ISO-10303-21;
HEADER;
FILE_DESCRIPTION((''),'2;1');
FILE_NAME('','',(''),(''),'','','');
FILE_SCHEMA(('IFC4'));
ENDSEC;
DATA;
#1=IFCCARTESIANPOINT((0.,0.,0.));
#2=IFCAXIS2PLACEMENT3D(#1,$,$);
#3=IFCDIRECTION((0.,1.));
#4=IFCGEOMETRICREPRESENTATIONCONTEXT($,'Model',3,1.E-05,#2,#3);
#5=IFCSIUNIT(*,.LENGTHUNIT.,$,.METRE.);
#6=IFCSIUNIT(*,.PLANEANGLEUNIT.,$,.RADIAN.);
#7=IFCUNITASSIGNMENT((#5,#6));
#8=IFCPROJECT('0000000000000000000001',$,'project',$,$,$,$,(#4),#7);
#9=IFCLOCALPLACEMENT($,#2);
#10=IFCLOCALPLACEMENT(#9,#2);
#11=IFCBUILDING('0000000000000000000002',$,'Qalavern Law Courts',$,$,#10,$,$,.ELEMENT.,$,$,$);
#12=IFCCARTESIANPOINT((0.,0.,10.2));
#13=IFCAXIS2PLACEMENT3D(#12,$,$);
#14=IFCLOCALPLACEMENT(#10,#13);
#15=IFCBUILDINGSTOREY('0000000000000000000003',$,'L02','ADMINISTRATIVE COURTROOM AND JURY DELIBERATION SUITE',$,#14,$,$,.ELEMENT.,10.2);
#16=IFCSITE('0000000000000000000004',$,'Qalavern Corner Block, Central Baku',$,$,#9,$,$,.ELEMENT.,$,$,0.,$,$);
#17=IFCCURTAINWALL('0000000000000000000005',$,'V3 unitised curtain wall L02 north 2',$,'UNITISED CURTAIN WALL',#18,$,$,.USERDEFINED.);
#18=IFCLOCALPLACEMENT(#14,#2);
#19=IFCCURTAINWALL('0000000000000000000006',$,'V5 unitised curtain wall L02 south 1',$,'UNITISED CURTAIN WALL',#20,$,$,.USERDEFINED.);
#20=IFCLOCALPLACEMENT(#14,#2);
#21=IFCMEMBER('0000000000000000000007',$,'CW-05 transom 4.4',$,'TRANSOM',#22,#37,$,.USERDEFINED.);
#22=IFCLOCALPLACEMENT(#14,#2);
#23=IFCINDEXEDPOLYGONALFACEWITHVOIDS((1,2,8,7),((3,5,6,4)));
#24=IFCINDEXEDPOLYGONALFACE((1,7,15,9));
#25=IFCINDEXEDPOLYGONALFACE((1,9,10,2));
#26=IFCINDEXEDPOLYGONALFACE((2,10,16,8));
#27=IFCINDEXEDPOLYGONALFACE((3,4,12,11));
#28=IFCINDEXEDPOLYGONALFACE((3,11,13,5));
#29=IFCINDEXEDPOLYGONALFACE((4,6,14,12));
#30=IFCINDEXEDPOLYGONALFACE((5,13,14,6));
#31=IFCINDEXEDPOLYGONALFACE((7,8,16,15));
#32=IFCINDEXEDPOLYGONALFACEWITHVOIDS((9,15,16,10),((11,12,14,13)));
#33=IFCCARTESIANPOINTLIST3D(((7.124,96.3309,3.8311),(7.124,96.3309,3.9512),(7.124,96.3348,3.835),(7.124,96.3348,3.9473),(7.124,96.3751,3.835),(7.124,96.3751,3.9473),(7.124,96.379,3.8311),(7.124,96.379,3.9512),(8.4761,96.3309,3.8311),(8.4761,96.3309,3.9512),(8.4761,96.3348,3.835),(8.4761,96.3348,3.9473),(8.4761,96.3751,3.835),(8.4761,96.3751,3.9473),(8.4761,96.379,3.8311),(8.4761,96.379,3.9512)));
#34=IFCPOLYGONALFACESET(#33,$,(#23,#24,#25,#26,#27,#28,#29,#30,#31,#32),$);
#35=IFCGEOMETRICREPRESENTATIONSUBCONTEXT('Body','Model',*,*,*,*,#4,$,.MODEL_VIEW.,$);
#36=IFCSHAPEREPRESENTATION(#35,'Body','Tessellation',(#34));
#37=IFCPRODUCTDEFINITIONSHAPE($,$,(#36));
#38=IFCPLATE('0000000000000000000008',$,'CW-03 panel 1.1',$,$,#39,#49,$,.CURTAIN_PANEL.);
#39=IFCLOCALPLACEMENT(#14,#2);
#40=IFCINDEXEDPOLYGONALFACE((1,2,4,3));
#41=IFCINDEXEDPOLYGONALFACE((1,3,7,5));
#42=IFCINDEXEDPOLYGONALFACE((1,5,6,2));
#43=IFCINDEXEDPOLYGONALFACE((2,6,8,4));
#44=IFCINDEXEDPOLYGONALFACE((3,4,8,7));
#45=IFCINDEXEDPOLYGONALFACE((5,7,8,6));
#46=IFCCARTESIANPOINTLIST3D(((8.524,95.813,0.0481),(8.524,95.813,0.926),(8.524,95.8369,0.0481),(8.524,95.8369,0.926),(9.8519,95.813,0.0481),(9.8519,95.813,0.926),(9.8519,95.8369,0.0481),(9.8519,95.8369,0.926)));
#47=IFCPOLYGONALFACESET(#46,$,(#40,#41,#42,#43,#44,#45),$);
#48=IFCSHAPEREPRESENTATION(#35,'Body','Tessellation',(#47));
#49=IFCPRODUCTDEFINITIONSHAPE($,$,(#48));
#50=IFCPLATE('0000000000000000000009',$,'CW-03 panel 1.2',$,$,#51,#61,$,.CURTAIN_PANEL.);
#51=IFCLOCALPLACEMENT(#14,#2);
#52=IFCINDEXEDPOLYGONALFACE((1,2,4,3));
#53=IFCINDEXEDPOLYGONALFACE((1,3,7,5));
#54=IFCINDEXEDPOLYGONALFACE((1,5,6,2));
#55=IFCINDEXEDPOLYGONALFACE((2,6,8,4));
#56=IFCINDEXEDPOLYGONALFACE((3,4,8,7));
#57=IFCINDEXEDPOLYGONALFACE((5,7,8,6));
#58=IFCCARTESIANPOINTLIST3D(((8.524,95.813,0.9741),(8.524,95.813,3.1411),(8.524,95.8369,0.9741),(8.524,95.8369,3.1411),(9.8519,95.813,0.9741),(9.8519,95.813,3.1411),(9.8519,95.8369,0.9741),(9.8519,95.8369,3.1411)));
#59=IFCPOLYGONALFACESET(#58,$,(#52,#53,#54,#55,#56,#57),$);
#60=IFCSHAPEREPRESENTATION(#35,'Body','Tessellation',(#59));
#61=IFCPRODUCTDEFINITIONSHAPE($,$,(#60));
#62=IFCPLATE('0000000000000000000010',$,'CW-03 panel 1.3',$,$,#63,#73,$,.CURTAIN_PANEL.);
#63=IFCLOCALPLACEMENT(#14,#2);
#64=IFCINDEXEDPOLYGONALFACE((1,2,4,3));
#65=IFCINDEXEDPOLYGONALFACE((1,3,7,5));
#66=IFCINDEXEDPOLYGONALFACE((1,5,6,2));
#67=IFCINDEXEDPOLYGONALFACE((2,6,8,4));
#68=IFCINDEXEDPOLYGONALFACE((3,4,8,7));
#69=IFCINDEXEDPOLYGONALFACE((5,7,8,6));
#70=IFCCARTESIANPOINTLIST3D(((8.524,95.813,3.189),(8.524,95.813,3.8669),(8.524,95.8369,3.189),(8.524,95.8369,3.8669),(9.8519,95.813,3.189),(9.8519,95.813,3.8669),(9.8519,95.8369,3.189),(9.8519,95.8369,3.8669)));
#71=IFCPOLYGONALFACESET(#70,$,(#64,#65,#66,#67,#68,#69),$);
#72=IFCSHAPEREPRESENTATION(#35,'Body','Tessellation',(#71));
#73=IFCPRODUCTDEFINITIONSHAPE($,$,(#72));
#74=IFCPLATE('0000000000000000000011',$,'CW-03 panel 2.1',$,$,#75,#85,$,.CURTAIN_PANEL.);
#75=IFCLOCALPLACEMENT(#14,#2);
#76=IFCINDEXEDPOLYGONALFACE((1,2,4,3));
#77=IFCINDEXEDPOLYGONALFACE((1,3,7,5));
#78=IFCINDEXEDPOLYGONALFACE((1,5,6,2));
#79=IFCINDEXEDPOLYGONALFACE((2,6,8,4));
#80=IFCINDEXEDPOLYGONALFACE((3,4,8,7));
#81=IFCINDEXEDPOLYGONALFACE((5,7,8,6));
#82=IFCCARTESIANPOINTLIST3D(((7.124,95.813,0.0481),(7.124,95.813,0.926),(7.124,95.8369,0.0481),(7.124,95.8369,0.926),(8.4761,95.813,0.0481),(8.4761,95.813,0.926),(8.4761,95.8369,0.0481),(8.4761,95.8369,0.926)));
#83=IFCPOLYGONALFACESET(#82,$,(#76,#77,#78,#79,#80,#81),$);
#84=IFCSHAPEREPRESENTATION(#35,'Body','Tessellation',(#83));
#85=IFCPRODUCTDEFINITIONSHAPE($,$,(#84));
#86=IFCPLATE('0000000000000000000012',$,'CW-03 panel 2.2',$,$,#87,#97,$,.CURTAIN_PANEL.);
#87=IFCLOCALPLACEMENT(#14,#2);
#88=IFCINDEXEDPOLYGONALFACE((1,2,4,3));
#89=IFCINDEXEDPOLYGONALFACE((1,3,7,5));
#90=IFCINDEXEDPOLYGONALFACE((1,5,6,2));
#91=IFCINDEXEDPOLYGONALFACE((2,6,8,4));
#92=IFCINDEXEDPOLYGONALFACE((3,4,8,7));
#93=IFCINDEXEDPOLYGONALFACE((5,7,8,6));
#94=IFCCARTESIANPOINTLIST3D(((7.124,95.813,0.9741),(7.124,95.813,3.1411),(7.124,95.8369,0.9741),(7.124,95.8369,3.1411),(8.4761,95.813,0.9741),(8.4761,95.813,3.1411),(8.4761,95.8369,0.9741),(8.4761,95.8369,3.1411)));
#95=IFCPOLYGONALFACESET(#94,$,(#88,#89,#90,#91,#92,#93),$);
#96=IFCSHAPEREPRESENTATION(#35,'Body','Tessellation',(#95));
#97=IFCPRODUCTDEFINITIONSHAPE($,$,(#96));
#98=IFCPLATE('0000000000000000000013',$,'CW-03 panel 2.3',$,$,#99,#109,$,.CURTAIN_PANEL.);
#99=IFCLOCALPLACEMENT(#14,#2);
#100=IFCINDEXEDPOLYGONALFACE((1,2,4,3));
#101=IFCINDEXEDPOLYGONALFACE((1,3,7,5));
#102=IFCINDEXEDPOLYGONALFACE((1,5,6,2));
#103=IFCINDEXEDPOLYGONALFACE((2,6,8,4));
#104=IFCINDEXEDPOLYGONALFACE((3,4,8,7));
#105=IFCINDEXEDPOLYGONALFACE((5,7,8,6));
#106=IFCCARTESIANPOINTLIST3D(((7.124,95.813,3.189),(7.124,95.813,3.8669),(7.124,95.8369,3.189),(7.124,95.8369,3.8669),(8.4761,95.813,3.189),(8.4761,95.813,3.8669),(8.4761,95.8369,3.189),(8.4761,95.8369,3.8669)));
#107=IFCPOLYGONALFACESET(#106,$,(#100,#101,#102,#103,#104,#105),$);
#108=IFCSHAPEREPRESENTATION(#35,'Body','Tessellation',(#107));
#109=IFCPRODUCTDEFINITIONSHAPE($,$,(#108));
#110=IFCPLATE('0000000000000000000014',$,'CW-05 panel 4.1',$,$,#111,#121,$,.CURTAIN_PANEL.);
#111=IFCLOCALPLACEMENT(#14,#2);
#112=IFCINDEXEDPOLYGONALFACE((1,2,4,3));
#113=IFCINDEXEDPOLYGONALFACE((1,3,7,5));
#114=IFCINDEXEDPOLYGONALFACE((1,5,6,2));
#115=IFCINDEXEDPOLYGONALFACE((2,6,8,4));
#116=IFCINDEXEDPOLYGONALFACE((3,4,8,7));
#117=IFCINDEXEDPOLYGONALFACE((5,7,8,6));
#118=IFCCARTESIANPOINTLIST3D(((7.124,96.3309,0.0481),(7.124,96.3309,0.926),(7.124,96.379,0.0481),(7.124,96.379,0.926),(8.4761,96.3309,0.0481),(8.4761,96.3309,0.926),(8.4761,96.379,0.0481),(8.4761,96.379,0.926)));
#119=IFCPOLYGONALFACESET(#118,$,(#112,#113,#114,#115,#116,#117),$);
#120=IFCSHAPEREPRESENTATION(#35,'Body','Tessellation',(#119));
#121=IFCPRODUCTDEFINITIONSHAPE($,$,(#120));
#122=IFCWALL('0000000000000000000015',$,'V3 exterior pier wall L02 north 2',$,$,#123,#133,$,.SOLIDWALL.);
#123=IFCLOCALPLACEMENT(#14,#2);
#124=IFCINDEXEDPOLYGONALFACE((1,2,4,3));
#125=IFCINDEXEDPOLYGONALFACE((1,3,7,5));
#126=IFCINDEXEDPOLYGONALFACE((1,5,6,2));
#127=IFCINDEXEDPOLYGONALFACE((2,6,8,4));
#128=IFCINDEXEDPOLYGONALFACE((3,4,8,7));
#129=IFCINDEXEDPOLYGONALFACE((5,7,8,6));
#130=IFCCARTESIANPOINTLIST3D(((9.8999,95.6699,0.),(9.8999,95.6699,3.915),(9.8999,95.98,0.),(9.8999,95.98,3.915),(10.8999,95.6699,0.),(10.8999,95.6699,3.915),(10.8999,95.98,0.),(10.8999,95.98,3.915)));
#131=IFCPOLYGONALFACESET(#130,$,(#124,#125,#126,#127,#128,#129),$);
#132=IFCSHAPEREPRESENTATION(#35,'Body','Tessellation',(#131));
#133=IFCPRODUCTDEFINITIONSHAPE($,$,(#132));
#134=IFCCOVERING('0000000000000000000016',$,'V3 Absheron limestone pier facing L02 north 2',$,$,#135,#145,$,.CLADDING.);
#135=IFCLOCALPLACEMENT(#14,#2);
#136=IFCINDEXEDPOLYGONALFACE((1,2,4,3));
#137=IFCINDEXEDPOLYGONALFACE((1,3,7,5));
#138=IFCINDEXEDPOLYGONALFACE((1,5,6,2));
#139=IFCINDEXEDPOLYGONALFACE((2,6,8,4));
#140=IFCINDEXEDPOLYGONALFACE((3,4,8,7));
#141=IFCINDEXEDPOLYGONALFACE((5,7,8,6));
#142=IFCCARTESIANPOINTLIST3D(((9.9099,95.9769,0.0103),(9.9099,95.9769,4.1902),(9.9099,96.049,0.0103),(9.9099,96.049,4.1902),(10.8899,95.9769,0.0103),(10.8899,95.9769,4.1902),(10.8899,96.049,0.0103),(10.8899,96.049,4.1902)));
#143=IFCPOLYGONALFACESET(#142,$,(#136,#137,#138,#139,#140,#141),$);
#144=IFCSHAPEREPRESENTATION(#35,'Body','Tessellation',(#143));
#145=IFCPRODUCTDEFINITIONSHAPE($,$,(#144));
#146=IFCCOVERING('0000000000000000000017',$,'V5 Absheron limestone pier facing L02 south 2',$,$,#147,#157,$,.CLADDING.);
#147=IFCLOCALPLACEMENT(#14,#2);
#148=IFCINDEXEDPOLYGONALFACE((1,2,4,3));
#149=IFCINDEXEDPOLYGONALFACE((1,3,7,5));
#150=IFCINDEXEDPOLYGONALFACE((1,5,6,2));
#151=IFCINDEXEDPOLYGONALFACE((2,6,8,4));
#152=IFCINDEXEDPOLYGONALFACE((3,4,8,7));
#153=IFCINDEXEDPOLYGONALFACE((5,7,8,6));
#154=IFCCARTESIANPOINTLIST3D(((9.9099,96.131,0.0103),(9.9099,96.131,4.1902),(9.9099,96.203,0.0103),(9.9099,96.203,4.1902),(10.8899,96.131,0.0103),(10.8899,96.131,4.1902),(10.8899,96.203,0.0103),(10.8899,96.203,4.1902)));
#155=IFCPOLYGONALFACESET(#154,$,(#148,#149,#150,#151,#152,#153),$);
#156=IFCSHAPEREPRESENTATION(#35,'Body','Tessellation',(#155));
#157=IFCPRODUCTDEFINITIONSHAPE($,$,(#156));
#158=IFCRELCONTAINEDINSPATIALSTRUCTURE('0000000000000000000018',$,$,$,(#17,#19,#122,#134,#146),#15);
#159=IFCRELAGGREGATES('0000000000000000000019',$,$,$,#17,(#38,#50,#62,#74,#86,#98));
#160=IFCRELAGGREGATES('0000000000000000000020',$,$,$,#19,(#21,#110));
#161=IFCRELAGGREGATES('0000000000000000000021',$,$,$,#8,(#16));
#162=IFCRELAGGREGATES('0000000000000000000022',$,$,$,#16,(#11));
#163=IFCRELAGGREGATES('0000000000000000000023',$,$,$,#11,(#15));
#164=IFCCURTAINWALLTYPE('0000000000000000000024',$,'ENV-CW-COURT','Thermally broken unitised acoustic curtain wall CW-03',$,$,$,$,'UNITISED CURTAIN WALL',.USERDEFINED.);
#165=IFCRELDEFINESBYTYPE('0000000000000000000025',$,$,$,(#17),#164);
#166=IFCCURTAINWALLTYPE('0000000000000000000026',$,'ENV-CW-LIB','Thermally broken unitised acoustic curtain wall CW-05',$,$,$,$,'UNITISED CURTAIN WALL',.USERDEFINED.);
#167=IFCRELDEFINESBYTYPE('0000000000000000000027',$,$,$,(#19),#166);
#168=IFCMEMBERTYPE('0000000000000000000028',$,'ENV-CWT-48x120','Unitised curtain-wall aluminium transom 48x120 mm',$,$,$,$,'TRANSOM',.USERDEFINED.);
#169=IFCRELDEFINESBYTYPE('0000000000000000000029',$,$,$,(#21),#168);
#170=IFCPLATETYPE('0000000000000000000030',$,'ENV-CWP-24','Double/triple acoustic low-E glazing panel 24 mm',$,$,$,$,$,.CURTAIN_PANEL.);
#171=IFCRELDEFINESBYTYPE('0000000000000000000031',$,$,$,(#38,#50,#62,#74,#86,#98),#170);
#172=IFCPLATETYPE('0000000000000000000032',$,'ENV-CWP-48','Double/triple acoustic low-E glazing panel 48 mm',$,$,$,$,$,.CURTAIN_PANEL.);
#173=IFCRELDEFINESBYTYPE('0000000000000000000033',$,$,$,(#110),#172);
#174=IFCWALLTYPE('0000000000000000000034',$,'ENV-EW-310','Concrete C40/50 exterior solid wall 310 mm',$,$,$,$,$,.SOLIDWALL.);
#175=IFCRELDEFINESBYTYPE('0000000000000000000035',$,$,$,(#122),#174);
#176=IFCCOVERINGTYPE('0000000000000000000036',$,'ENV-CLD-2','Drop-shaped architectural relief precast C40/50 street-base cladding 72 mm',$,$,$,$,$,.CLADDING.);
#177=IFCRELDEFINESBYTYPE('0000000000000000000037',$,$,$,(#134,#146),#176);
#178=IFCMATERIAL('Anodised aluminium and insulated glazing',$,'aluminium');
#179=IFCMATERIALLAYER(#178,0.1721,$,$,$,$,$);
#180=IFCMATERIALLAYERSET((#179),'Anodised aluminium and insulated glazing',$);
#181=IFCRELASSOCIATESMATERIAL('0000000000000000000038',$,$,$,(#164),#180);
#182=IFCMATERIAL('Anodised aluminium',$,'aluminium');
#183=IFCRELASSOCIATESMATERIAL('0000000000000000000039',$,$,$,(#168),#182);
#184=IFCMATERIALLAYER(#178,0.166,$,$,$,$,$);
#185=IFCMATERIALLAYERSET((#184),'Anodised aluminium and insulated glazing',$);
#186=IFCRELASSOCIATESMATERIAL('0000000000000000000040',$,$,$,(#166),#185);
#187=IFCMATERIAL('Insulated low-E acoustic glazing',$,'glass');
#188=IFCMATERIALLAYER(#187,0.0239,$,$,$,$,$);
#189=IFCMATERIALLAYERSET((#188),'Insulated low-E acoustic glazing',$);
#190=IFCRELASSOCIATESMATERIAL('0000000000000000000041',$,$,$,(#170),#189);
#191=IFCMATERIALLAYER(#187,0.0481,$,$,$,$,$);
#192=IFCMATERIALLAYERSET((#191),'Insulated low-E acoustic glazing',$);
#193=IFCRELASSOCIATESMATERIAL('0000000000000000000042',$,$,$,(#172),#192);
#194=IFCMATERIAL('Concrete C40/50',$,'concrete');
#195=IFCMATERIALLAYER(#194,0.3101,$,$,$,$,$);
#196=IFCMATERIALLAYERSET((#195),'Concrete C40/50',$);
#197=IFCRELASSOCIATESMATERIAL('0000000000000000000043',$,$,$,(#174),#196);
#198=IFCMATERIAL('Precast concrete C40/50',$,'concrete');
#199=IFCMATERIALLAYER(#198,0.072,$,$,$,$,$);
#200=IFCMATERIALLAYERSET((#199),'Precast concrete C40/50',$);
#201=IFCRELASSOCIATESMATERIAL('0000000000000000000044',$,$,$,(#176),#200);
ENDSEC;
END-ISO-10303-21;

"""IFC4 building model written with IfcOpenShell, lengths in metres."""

from ifc_helpers import new_model, si_unit, direction, frame, frame_2d, origin, origin_2d, place, context, subcontext, project, spatial, rectangle, hollow_rectangle, extrude, material, layer, layer_set, material_profile, profile_set, type_object, element, aggregate, save


model = new_model("IFC4")

# Units and contexts
model_context = context("Model", 3, precision=1e-05, world=origin(), true_north=direction((0.0, 1.0)))
body_context = subcontext(model_context, "Body", "Model", "MODEL_VIEW")
ifc_project = project(units=[si_unit("LENGTHUNIT", "METRE"), si_unit("PLANEANGLEUNIT", "RADIAN")], contexts=[model_context])

# Site, building, storey
site_placement = place(None, origin())
site = spatial("IfcSite", under=ifc_project, at=site_placement, Name="Qalavern Corner Block, Central Baku", CompositionType="ELEMENT", RefElevation=0.0)
building_placement = place(site_placement, origin())
building = spatial("IfcBuilding", under=site, at=building_placement, Name="Qalavern Law Courts", CompositionType="ELEMENT")
storey_placement = place(building_placement, frame((0.0, 0.0, 10.2)))
storey = spatial("IfcBuildingStorey", under=building, at=storey_placement, Name="L02", Description="ADMINISTRATIVE COURTROOM AND JURY DELIBERATION SUITE", CompositionType="ELEMENT", Elevation=10.2)

# Shared definitions
ifc_material_1 = material(Name="Anodised aluminium and insulated glazing", Category="aluminium")
ifc_layer_1 = layer(ifc_material_1, 0.1721)
ifc_layer_set_1 = layer_set([ifc_layer_1], Name="Anodised aluminium and insulated glazing")
curtain_wall_type_1 = type_object("IfcCurtainWallType", Name="ENV-CW-COURT", Description="Thermally broken unitised acoustic curtain wall CW-03", ElementType="UNITISED CURTAIN WALL", PredefinedType="USERDEFINED", material=ifc_layer_set_1)
ifc_material_2 = material(Name="Anodised aluminium", Category="aluminium")

# Curtain wall
curtain_wall_1_placement = place(storey_placement, origin())
curtain_wall_1 = element("IfcCurtainWall", 1, at=curtain_wall_1_placement, inside=storey, type_object=curtain_wall_type_1, Name="V3 unitised curtain wall L02 north 2", ObjectType="UNITISED CURTAIN WALL", PredefinedType="USERDEFINED")
ifc_material_profile_1 = material_profile(ifc_material_2, hollow_rectangle(XDim=0.0481, YDim=0.1201, WallThickness=0.0039, at=origin_2d()), Name="ALU TRANSOM 48x120")
ifc_profile_set_1 = profile_set([ifc_material_profile_1], Name="Anodised aluminium")
member_type_1 = type_object("IfcMemberType", Name="ENV-CWT-48x120", Description="Unitised curtain-wall aluminium transom 48x120 mm", ElementType="TRANSOM", PredefinedType="USERDEFINED", material=ifc_profile_set_1)

# Curtain wall, member
ifc_layer_2 = layer(ifc_material_1, 0.166)
ifc_layer_set_2 = layer_set([ifc_layer_2], Name="Anodised aluminium and insulated glazing")
curtain_wall_type_2 = type_object("IfcCurtainWallType", Name="ENV-CW-LIB", Description="Thermally broken unitised acoustic curtain wall CW-05", ElementType="UNITISED CURTAIN WALL", PredefinedType="USERDEFINED", material=ifc_layer_set_2)
curtain_wall_2_placement = place(storey_placement, origin())
curtain_wall_2 = element("IfcCurtainWall", 2, at=curtain_wall_2_placement, inside=storey, type_object=curtain_wall_type_2, Name="V5 unitised curtain wall L02 south 1", ObjectType="UNITISED CURTAIN WALL", PredefinedType="USERDEFINED")
member_1_placement = place(storey_placement, frame((7.124, 96.355, 3.8911), z_axis=(1.0, 0.0, 0.0), x_axis=(0.0, 1.0, 0.0)))
member_1 = element("IfcMember", 3, at=member_1_placement, type_object=member_type_1, Name="CW-05 transom 4.4", ObjectType="TRANSOM", PredefinedType="USERDEFINED", context=body_context, shape_type="SweptSolid", body=[
    extrude(hollow_rectangle(XDim=0.0481, YDim=0.1201, WallThickness=0.0039, at=origin_2d()), origin(), (0.0, 0.0, 1.0), 1.3521),
])

# Plates
ifc_material_3 = material(Name="Insulated low-E acoustic glazing", Category="glass")
ifc_layer_3 = layer(ifc_material_3, 0.0239)
ifc_layer_set_3 = layer_set([ifc_layer_3], Name="Insulated low-E acoustic glazing")
plate_type_1 = type_object("IfcPlateType", Name="ENV-CWP-24", Description="Double/triple acoustic low-E glazing panel 24 mm", PredefinedType="CURTAIN_PANEL", material=ifc_layer_set_3)
plate_1_placement = place(storey_placement, frame((9.188, 95.825, 0.0481), z_axis=(0.0, 0.0, 1.0), x_axis=(-1.0, 0.0, 0.0)))
plate_1 = element("IfcPlate", 4, at=plate_1_placement, type_object=plate_type_1, Name="CW-03 panel 1.1", PredefinedType="CURTAIN_PANEL", context=body_context, shape_type="SweptSolid", body=[
    extrude(rectangle(XDim=1.3279, YDim=0.0239, at=origin_2d()), origin(), (0.0, 0.0, 1.0), 0.8779),
])
plate_2_placement = place(storey_placement, frame((9.188, 95.825, 0.9741), z_axis=(0.0, 0.0, 1.0), x_axis=(-1.0, 0.0, 0.0)))
plate_2 = element("IfcPlate", 5, at=plate_2_placement, type_object=plate_type_1, Name="CW-03 panel 1.2", PredefinedType="CURTAIN_PANEL", context=body_context, shape_type="SweptSolid", body=[
    extrude(rectangle(XDim=1.3279, YDim=0.0239, at=origin_2d()), origin(), (0.0, 0.0, 1.0), 2.167),
])
plate_3_placement = place(storey_placement, frame((9.188, 95.825, 3.189), z_axis=(0.0, 0.0, 1.0), x_axis=(-1.0, 0.0, 0.0)))
plate_3 = element("IfcPlate", 6, at=plate_3_placement, type_object=plate_type_1, Name="CW-03 panel 1.3", PredefinedType="CURTAIN_PANEL", context=body_context, shape_type="SweptSolid", body=[
    extrude(rectangle(XDim=1.3279, YDim=0.0239, at=origin_2d()), origin(), (0.0, 0.0, 1.0), 0.678),
])
plate_4_placement = place(storey_placement, frame((7.8, 95.825, 0.0481), z_axis=(0.0, 0.0, 1.0), x_axis=(-1.0, 0.0, 0.0)))
plate_4 = element("IfcPlate", 7, at=plate_4_placement, type_object=plate_type_1, Name="CW-03 panel 2.1", PredefinedType="CURTAIN_PANEL", context=body_context, shape_type="SweptSolid", body=[
    extrude(rectangle(XDim=1.3521, YDim=0.0239, at=origin_2d()), origin(), (0.0, 0.0, 1.0), 0.8779),
])
plate_5_placement = place(storey_placement, frame((7.8, 95.825, 0.9741), z_axis=(0.0, 0.0, 1.0), x_axis=(-1.0, 0.0, 0.0)))
plate_5 = element("IfcPlate", 8, at=plate_5_placement, type_object=plate_type_1, Name="CW-03 panel 2.2", PredefinedType="CURTAIN_PANEL", context=body_context, shape_type="SweptSolid", body=[
    extrude(rectangle(XDim=1.3521, YDim=0.0239, at=origin_2d()), origin(), (0.0, 0.0, 1.0), 2.167),
])
plate_6_placement = place(storey_placement, frame((7.8, 95.825, 3.189), z_axis=(0.0, 0.0, 1.0), x_axis=(-1.0, 0.0, 0.0)))
plate_6 = element("IfcPlate", 9, at=plate_6_placement, type_object=plate_type_1, Name="CW-03 panel 2.3", PredefinedType="CURTAIN_PANEL", context=body_context, shape_type="SweptSolid", body=[
    extrude(rectangle(XDim=1.3521, YDim=0.0239, at=origin_2d()), origin(), (0.0, 0.0, 1.0), 0.678),
])
aggregate(curtain_wall_1, [plate_1, plate_2, plate_3, plate_4, plate_5, plate_6])
ifc_layer_4 = layer(ifc_material_3, 0.0481)
ifc_layer_set_4 = layer_set([ifc_layer_4], Name="Insulated low-E acoustic glazing")
plate_type_2 = type_object("IfcPlateType", Name="ENV-CWP-48", Description="Double/triple acoustic low-E glazing panel 48 mm", PredefinedType="CURTAIN_PANEL", material=ifc_layer_set_4)
plate_7_placement = place(storey_placement, frame((7.8, 96.355, 0.0481), z_axis=(0.0, 0.0, 1.0), x_axis=(1.0, 0.0, 0.0)))
plate_7 = element("IfcPlate", 10, at=plate_7_placement, type_object=plate_type_2, Name="CW-05 panel 4.1", PredefinedType="CURTAIN_PANEL", context=body_context, shape_type="SweptSolid", body=[
    extrude(rectangle(XDim=1.3521, YDim=0.0481, at=origin_2d()), origin(), (0.0, 0.0, 1.0), 0.8779),
])
aggregate(curtain_wall_2, [member_1, plate_7])

# Wall
ifc_material_4 = material(Name="Concrete C40/50", Category="concrete")
ifc_layer_5 = layer(ifc_material_4, 0.3101)
ifc_layer_set_5 = layer_set([ifc_layer_5], Name="Concrete C40/50")
wall_type = type_object("IfcWallType", Name="ENV-EW-310", Description="Concrete C40/50 exterior solid wall 310 mm", PredefinedType="SOLIDWALL", material=ifc_layer_set_5)
wall_placement = place(storey_placement, frame((10.8999, 95.825, 0.0), z_axis=(0.0, 0.0, 1.0), x_axis=(-1.0, 0.0, 0.0)))
element("IfcWall", 11, at=wall_placement, inside=storey, type_object=wall_type, Name="V3 exterior pier wall L02 north 2", PredefinedType="SOLIDWALL", context=body_context, shape_type="SweptSolid", body=[
    extrude(rectangle(XDim=1.0, YDim=0.3101, at=frame_2d((0.5, 0.0))), origin(), (0.0, 0.0, 1.0), 3.915),
])

# Coverings
ifc_material_5 = material(Name="Precast concrete C40/50", Category="concrete")
ifc_layer_6 = layer(ifc_material_5, 0.072)
ifc_layer_set_6 = layer_set([ifc_layer_6], Name="Precast concrete C40/50")
covering_type = type_object("IfcCoveringType", Name="ENV-CLD-2", Description="Drop-shaped architectural relief precast C40/50 street-base cladding 72 mm", PredefinedType="CLADDING", material=ifc_layer_set_6)
for number, where, z_axis, x_axis, name in (
    (12, (10.3999, 96.0129, 0.0103), (0.0, 0.0, 1.0), (-1.0, 0.0, 0.0), "V3 Absheron limestone pier facing L02 north 2"),
    (13, (10.3999, 96.167, 0.0103), (0.0, 0.0, 1.0), (1.0, 0.0, 0.0), "V5 Absheron limestone pier facing L02 south 2"),
):
    element("IfcCovering", number, at=place(storey_placement, frame(where, z_axis=z_axis, x_axis=x_axis)), inside=storey, type_object=covering_type, Name=name, PredefinedType="CLADDING", context=body_context, shape_type="SweptSolid", body=[
        extrude(rectangle(XDim=0.98, YDim=0.072, at=origin_2d()), origin(), (0.0, 0.0, 1.0), 4.1799),
    ])

save(model, "model.ifc")
